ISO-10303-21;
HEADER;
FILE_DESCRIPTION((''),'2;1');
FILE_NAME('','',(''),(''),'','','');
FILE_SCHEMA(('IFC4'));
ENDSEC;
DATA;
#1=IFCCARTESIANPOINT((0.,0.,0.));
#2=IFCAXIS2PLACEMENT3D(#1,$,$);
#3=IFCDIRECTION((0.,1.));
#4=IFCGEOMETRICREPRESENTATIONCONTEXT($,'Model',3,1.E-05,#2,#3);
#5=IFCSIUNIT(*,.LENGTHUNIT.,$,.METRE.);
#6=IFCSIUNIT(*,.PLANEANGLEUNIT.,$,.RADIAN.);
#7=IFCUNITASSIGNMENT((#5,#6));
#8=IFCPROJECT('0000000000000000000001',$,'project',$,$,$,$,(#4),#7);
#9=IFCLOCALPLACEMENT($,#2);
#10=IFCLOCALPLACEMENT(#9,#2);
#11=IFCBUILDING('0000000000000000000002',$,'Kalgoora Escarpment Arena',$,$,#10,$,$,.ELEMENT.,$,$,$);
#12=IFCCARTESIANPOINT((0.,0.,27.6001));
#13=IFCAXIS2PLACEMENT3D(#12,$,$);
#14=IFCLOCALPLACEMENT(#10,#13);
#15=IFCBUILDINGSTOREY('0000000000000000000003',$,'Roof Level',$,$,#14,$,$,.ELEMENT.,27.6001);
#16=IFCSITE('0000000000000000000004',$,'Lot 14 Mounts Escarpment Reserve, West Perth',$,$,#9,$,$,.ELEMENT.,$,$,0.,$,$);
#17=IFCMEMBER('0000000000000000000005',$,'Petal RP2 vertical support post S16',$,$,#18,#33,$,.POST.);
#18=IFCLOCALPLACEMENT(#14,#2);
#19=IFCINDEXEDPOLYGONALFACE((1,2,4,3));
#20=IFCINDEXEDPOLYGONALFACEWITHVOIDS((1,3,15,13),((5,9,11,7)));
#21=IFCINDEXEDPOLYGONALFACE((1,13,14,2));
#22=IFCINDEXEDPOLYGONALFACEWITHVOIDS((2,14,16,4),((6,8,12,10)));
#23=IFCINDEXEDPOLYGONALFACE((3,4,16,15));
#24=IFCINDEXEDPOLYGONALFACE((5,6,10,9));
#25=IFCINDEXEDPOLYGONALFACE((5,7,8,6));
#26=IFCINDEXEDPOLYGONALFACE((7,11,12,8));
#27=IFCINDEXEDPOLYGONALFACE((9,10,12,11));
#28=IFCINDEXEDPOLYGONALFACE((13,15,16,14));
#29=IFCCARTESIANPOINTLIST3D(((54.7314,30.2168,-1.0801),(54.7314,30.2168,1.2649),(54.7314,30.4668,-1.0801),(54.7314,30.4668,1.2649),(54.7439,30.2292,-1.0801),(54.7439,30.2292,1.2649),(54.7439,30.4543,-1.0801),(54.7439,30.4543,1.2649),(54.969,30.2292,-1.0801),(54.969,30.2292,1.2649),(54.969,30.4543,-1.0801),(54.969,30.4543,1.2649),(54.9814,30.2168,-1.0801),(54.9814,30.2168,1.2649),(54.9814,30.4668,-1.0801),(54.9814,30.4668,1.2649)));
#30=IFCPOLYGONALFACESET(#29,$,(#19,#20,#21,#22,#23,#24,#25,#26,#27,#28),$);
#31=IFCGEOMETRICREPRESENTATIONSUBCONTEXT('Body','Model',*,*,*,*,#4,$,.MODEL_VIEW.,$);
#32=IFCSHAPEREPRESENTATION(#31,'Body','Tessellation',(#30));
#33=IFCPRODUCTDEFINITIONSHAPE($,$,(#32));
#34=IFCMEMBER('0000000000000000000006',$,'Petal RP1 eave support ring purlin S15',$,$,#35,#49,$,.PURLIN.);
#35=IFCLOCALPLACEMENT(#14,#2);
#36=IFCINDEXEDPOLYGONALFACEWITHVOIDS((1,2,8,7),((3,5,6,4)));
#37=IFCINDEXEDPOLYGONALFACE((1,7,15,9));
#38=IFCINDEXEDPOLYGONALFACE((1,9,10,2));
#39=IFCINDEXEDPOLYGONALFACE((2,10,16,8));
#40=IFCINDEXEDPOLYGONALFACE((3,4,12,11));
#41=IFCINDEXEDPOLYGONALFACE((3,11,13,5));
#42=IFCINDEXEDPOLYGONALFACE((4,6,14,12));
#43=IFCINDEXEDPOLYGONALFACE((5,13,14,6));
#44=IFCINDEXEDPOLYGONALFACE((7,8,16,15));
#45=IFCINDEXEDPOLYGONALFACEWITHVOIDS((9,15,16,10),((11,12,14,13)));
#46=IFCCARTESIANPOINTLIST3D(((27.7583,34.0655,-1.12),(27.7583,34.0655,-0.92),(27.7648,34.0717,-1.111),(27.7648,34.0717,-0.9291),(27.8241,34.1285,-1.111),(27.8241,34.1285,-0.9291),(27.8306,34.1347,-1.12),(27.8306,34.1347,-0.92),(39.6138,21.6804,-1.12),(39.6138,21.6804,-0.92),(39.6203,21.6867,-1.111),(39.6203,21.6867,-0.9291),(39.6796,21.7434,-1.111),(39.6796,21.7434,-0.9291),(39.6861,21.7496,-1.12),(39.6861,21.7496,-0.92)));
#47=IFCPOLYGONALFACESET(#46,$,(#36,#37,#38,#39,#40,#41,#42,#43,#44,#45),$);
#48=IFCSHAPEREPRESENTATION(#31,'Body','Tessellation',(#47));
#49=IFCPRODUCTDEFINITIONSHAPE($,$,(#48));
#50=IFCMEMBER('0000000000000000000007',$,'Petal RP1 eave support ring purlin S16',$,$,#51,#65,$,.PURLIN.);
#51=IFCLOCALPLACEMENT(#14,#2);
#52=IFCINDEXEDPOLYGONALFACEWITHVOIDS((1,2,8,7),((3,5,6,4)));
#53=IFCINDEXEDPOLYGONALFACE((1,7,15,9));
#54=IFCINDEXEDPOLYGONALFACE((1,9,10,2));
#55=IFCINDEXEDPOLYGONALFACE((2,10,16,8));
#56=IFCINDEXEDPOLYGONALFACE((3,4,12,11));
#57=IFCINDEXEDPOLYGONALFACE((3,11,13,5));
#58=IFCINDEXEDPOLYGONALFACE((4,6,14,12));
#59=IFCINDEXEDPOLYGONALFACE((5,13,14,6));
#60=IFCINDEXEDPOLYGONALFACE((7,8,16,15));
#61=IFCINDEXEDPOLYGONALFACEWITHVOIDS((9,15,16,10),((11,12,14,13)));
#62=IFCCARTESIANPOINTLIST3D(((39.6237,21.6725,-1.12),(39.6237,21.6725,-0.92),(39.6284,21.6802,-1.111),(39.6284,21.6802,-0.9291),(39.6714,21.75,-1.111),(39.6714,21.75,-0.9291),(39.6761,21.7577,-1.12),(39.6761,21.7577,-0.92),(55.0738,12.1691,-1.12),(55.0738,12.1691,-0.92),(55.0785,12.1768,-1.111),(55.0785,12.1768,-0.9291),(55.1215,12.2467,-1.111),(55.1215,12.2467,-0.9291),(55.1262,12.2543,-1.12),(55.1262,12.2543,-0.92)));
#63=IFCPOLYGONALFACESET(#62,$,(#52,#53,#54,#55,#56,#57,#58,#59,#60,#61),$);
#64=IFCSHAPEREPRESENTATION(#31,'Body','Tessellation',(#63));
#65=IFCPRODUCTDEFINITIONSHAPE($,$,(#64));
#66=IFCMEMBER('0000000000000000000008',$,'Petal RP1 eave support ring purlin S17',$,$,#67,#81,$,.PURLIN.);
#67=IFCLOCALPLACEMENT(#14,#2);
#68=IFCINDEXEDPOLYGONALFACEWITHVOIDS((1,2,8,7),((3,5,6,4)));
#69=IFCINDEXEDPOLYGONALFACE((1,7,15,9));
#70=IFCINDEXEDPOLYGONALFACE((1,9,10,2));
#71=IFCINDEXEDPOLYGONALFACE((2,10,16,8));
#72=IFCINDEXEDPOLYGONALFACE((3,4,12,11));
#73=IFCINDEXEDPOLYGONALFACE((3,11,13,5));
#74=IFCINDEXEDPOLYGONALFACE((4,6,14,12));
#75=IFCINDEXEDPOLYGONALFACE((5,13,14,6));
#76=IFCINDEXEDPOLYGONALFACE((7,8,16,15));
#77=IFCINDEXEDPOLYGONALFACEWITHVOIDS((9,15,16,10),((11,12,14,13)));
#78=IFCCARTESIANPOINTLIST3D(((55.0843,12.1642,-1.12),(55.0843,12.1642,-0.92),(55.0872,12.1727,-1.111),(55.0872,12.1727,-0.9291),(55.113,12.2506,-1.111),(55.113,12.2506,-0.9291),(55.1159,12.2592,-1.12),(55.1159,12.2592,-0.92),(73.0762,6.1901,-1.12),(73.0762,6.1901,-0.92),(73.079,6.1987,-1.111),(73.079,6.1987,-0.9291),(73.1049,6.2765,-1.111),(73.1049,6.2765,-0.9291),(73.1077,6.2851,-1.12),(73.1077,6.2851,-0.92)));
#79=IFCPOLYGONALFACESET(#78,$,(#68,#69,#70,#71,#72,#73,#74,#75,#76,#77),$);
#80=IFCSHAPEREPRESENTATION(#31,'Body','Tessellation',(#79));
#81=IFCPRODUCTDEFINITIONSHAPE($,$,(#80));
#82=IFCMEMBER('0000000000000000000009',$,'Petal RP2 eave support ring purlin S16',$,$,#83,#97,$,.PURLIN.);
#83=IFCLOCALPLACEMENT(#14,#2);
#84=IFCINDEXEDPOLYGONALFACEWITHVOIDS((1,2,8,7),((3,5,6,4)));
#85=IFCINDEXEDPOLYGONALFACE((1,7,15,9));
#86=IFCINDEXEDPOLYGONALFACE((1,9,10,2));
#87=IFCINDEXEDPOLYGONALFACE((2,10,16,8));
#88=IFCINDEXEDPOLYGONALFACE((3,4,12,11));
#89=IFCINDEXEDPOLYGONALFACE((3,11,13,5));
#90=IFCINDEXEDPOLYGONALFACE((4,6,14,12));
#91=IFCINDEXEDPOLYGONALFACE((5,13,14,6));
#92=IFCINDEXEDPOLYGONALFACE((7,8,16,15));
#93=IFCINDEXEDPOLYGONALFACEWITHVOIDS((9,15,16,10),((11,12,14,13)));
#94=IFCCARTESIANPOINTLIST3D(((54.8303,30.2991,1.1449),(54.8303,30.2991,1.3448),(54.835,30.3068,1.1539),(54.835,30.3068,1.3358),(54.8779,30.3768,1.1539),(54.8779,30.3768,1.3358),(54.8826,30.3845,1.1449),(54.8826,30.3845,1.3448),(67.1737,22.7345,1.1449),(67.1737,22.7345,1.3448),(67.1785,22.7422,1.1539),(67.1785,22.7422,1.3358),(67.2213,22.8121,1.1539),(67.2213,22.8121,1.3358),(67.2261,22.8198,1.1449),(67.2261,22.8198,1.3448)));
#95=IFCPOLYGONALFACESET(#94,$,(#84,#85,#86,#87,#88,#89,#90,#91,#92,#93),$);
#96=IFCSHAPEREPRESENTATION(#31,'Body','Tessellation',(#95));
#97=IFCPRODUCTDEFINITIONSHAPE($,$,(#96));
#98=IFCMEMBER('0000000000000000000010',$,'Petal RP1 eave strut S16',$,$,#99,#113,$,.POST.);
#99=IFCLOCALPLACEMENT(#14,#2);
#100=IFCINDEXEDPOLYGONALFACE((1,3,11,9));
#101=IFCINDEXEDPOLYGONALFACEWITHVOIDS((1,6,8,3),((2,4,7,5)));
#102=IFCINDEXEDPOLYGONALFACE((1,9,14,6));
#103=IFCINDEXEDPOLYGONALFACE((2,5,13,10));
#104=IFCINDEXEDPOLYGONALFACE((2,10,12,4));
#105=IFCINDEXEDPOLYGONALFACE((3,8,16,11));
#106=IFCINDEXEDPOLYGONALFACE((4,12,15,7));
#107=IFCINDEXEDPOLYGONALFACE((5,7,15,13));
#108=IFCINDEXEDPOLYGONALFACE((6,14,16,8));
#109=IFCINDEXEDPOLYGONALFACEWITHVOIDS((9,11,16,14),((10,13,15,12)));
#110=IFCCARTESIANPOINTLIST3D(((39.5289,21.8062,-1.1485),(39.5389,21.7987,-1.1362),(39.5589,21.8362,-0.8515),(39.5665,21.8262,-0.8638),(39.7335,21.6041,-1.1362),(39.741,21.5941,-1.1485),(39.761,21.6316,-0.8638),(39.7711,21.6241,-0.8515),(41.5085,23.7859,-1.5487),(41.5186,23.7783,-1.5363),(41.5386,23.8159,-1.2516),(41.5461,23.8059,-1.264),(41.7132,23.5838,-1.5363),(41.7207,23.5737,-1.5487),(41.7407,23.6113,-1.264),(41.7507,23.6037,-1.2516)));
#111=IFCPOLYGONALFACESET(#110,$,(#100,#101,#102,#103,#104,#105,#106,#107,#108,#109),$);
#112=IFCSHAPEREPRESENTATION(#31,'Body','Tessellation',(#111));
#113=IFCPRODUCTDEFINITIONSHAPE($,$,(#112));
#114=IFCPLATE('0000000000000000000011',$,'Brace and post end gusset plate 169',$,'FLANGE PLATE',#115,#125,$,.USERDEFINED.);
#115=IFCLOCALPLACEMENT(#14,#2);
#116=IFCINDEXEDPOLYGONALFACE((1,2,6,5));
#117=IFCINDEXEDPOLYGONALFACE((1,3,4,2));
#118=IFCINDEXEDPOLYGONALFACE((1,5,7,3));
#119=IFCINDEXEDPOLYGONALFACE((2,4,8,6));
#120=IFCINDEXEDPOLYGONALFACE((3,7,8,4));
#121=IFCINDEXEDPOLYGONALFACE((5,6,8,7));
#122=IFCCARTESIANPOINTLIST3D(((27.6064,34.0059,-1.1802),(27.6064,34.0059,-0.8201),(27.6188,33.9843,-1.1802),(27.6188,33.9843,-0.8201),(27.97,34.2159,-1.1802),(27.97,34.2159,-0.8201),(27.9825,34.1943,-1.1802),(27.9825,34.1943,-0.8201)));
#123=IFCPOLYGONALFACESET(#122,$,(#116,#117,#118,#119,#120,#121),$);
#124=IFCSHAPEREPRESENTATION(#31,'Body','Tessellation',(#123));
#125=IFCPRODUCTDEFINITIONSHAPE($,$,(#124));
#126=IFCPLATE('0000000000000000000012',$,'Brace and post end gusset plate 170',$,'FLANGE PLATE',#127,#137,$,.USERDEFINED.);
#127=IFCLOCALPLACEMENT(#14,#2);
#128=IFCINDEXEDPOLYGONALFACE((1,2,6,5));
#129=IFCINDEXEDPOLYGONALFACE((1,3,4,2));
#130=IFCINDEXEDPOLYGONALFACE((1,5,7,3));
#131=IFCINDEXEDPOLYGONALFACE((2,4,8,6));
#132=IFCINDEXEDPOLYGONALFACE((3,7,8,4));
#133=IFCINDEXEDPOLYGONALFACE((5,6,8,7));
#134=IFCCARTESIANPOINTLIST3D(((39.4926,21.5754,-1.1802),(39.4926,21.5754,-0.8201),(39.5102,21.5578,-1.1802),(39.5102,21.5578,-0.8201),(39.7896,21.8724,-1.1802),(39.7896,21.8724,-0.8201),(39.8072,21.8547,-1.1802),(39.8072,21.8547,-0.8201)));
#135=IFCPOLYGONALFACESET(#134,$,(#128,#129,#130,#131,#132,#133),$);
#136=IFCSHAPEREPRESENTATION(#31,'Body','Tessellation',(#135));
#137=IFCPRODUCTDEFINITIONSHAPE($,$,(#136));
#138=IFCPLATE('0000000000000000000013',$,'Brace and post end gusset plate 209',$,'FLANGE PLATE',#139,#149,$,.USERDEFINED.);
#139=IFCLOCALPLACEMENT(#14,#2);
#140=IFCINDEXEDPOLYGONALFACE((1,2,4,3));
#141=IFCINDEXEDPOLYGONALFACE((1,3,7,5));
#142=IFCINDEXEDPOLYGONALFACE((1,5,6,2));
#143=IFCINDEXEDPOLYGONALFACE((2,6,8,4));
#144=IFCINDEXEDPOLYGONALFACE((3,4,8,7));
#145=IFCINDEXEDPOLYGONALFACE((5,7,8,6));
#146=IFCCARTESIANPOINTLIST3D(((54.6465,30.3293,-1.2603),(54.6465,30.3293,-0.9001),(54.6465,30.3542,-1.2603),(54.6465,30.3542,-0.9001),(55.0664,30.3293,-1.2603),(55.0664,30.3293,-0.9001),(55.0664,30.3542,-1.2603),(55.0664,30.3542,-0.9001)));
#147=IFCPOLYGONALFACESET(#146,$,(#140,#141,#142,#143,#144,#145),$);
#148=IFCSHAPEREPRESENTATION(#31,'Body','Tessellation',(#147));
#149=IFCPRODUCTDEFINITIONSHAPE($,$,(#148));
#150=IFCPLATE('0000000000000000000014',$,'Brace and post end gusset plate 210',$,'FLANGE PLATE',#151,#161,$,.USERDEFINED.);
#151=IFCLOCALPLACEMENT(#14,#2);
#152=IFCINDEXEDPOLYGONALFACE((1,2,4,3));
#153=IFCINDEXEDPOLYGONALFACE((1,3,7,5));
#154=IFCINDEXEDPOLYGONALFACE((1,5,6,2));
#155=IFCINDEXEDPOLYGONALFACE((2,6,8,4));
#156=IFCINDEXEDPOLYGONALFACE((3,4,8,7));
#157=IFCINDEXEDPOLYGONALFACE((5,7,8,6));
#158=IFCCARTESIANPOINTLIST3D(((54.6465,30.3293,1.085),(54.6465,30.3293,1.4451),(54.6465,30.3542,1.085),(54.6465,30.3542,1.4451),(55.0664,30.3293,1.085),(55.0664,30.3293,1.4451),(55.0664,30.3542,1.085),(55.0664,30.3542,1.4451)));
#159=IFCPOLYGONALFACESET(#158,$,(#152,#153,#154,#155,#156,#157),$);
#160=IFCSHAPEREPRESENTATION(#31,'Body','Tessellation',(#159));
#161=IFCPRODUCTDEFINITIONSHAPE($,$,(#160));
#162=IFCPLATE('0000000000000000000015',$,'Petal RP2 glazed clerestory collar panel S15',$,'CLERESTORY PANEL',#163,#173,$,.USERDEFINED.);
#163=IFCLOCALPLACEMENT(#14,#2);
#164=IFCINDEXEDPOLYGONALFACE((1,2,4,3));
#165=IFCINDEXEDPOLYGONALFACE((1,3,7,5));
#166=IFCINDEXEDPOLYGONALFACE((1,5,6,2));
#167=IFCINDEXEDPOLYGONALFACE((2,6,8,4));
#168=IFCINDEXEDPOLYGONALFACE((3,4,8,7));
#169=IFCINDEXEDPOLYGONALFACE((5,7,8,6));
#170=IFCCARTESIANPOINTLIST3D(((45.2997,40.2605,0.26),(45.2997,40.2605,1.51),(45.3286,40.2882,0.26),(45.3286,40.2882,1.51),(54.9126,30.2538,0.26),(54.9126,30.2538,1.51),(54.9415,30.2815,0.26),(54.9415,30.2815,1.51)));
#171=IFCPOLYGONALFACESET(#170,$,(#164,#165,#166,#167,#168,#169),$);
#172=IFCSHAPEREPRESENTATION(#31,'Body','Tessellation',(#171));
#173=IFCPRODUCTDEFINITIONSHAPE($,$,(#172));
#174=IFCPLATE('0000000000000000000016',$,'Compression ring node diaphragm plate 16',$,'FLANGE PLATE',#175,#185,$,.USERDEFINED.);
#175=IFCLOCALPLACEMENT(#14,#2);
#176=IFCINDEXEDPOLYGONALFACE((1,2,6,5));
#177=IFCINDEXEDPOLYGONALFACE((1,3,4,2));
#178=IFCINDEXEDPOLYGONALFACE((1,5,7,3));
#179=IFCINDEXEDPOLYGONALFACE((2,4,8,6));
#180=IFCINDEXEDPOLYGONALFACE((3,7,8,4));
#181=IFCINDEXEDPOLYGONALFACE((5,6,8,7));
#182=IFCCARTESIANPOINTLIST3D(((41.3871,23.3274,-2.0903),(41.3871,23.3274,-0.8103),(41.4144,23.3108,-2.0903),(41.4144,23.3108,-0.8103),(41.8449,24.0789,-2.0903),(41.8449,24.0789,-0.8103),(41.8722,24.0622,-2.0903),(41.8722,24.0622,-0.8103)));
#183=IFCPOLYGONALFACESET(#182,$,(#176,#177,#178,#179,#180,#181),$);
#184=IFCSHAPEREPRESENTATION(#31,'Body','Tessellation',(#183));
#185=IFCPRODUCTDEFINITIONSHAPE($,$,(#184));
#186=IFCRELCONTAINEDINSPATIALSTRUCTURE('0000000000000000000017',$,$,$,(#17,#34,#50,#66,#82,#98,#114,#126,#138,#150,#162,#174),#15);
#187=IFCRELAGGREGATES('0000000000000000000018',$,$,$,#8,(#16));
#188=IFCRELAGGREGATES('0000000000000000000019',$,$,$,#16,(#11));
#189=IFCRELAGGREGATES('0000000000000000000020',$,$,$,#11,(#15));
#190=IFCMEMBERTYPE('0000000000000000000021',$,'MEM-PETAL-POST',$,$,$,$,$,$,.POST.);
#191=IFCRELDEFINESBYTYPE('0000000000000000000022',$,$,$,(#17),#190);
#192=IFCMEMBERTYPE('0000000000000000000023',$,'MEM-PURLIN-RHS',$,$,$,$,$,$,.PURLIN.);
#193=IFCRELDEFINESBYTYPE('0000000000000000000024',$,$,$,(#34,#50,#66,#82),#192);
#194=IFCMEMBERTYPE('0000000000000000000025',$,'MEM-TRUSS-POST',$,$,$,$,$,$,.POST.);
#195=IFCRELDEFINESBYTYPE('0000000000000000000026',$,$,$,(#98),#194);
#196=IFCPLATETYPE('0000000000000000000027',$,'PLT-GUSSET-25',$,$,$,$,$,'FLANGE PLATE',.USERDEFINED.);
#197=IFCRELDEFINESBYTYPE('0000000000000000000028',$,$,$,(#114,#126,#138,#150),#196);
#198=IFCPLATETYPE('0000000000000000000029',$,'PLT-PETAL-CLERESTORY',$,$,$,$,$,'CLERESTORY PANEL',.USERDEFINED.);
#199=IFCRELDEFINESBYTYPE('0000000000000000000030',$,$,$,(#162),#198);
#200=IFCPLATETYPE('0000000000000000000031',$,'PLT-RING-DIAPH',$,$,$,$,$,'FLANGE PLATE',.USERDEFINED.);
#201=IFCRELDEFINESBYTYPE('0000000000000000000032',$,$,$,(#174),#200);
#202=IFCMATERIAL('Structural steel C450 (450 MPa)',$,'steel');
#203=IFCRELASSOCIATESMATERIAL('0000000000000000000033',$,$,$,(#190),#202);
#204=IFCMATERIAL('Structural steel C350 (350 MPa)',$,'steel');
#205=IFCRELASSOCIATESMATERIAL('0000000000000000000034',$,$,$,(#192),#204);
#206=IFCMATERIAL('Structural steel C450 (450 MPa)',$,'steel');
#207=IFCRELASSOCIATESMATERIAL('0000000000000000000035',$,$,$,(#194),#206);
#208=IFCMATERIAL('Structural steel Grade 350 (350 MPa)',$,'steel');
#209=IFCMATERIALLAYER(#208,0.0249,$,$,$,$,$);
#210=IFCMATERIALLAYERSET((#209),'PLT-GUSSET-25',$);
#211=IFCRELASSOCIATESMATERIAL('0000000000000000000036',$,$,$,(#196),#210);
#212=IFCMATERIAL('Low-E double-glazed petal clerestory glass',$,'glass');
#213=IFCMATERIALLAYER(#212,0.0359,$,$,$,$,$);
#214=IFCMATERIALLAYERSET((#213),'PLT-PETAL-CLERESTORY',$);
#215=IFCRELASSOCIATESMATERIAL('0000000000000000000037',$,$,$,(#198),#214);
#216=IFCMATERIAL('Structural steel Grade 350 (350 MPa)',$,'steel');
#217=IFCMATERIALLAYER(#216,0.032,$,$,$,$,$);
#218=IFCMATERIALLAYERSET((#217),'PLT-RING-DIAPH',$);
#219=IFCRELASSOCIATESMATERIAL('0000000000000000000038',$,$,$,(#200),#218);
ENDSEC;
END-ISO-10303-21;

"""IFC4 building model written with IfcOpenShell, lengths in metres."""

from ifc_helpers import new_model, si_unit, direction, frame, origin, origin_2d, place, context, subcontext, project, spatial, rectangle, hollow_rectangle, extrude, material, layer, layer_set, material_profile, profile_set, type_object, element, save


model = new_model("IFC4")

# Units and contexts
model_context = context("Model", 3, precision=1e-05, world=origin(), true_north=direction((0.0, 1.0)))
body_context = subcontext(model_context, "Body", "Model", "MODEL_VIEW")
ifc_project = project(units=[si_unit("LENGTHUNIT", "METRE"), si_unit("PLANEANGLEUNIT", "RADIAN")], contexts=[model_context])

# Site, building, storey
site_placement = place(None, origin())
site = spatial("IfcSite", under=ifc_project, at=site_placement, Name="Lot 14 Mounts Escarpment Reserve, West Perth", CompositionType="ELEMENT", RefElevation=0.0)
building_placement = place(site_placement, origin())
building = spatial("IfcBuilding", under=site, at=building_placement, Name="Kalgoora Escarpment Arena", CompositionType="ELEMENT")
storey_placement = place(building_placement, frame((0.0, 0.0, 27.6001)))
storey = spatial("IfcBuildingStorey", under=building, at=storey_placement, Name="Roof Level", CompositionType="ELEMENT", Elevation=27.6001)

# Members
ifc_material_1 = material(Name="Structural steel C450 (450 MPa)", Category="steel")
ifc_material_profile_1 = material_profile(ifc_material_1, hollow_rectangle(XDim=0.25, YDim=0.25, WallThickness=0.0125, at=origin_2d()))
ifc_profile_set_1 = profile_set([ifc_material_profile_1], Name="Structural steel C450 (450 MPa)")
member_type_1 = type_object("IfcMemberType", Name="MEM-PETAL-POST", PredefinedType="POST", material=ifc_profile_set_1)
member_1_placement = place(storey_placement, frame((54.8564, 30.3418, -1.0801), z_axis=(0.0, 0.0, 1.0), x_axis=(1.0, 0.0, 0.0)))
element("IfcMember", 1, at=member_1_placement, inside=storey, type_object=member_type_1, Name="Petal RP2 vertical support post S16", PredefinedType="POST", context=body_context, shape_type="SweptSolid", body=[
    extrude(hollow_rectangle(XDim=0.25, YDim=0.25, WallThickness=0.0125, at=origin_2d()), origin(), (0.0, 0.0, 1.0), 2.345),
])
ifc_material_2 = material(Name="Structural steel C350 (350 MPa)", Category="steel")
ifc_material_profile_2 = material_profile(ifc_material_2, hollow_rectangle(XDim=0.1001, YDim=0.2, WallThickness=0.009, at=origin_2d()))
ifc_profile_set_2 = profile_set([ifc_material_profile_2], Name="Structural steel C350 (350 MPa)")
member_type_2 = type_object("IfcMemberType", Name="MEM-PURLIN-RHS", PredefinedType="PURLIN", material=ifc_profile_set_2)
member_2_placement = place(storey_placement, frame((27.7944, 34.1001, -1.02), z_axis=(0.691495, -0.722381, 0.0), x_axis=(0.722381, 0.691495, 0.0)))
element("IfcMember", 2, at=member_2_placement, inside=storey, type_object=member_type_2, Name="Petal RP1 eave support ring purlin S15", PredefinedType="PURLIN", context=body_context, shape_type="SweptSolid", body=[
    extrude(hollow_rectangle(XDim=0.1001, YDim=0.2, WallThickness=0.009, at=origin_2d()), origin(), (0.0, 0.0, 1.0), 17.1448),
])
member_3_placement = place(storey_placement, frame((39.6499, 21.7151, -1.02), z_axis=(0.851766, -0.523922, 0.0), x_axis=(0.523922, 0.851766, 0.0)))
element("IfcMember", 3, at=member_3_placement, inside=storey, type_object=member_type_2, Name="Petal RP1 eave support ring purlin S16", PredefinedType="PURLIN", context=body_context, shape_type="SweptSolid", body=[
    extrude(hollow_rectangle(XDim=0.1001, YDim=0.2, WallThickness=0.009, at=origin_2d()), origin(), (0.0, 0.0, 1.0), 18.1389),
])
member_4_placement = place(storey_placement, frame((55.1001, 12.2117, -1.02), z_axis=(0.94905, -0.315126, 0.0), x_axis=(0.315126, 0.94905, 0.0)))
element("IfcMember", 4, at=member_4_placement, inside=storey, type_object=member_type_2, Name="Petal RP1 eave support ring purlin S17", PredefinedType="PURLIN", context=body_context, shape_type="SweptSolid", body=[
    extrude(hollow_rectangle(XDim=0.1001, YDim=0.2, WallThickness=0.009, at=origin_2d()), origin(), (0.0, 0.0, 1.0), 18.9578),
])
member_5_placement = place(storey_placement, frame((54.8564, 30.3418, 1.2449), z_axis=(0.852622, -0.522528, 0.0), x_axis=(0.522528, 0.852622, 0.0)))
element("IfcMember", 5, at=member_5_placement, inside=storey, type_object=member_type_2, Name="Petal RP2 eave support ring purlin S16", PredefinedType="PURLIN", context=body_context, shape_type="SweptSolid", body=[
    extrude(hollow_rectangle(XDim=0.1001, YDim=0.2, WallThickness=0.009, at=origin_2d()), origin(), (0.0, 0.0, 1.0), 14.4771),
])
ifc_material_3 = material(Name="Structural steel C450 (450 MPa)", Category="steel")
ifc_material_profile_3 = material_profile(ifc_material_3, hollow_rectangle(XDim=0.3, YDim=0.3, WallThickness=0.0125, at=origin_2d()))
ifc_profile_set_3 = profile_set([ifc_material_profile_3], Name="Structural steel C450 (450 MPa)")
member_type_3 = type_object("IfcMemberType", Name="MEM-TRUSS-POST", PredefinedType="POST", material=ifc_profile_set_3)
member_6_placement = place(storey_placement, frame((41.6296, 23.6948, -1.4001), z_axis=(-0.699994, -0.699994, 0.141484), x_axis=(0.707107, -0.707107, 0.0)))
element("IfcMember", 6, at=member_6_placement, inside=storey, type_object=member_type_3, Name="Petal RP1 eave strut S16", PredefinedType="POST", context=body_context, shape_type="SweptSolid", body=[
    extrude(hollow_rectangle(XDim=0.3, YDim=0.3, WallThickness=0.0125, at=origin_2d()), origin(), (0.0, 0.0, 1.0), 2.8281),
])

# Plates
ifc_material_4 = material(Name="Structural steel Grade 350 (350 MPa)", Category="steel")
ifc_layer_1 = layer(ifc_material_4, 0.0249)
ifc_layer_set_1 = layer_set([ifc_layer_1], Name="PLT-GUSSET-25")
plate_type_1 = type_object("IfcPlateType", Name="PLT-GUSSET-25", ElementType="FLANGE PLATE", PredefinedType="USERDEFINED", material=ifc_layer_set_1)
for number, where, z_axis, x_axis, name in (
    (7, (27.7944, 34.1001, -1.1802), (0.0, 0.0, 1.0), (-0.866025, -0.5, 0.0), "Brace and post end gusset plate 169"),
    (8, (39.6499, 21.7151, -1.1802), (0.0, 0.0, 1.0), (-0.707107, -0.707107, 0.0), "Brace and post end gusset plate 170"),
    (9, (54.8564, 30.3418, -1.2603), (0.0, 0.0, 1.0), (1.0, 0.0, 0.0), "Brace and post end gusset plate 209"),
    (10, (54.8564, 30.3418, 1.085), (0.0, 0.0, 1.0), (1.0, 0.0, 0.0), "Brace and post end gusset plate 210"),
):
    element("IfcPlate", number, at=place(storey_placement, frame(where, z_axis=z_axis, x_axis=x_axis)), inside=storey, type_object=plate_type_1, Name=name, ObjectType="FLANGE PLATE", PredefinedType="USERDEFINED", context=body_context, shape_type="SweptSolid", body=[
        extrude(rectangle(XDim=0.4199, YDim=0.0249, at=origin_2d()), origin(), (0.0, 0.0, 1.0), 0.3601),
    ])
ifc_material_5 = material(Name="Low-E double-glazed petal clerestory glass", Category="glass")
ifc_layer_2 = layer(ifc_material_5, 0.0359)
ifc_layer_set_2 = layer_set([ifc_layer_2], Name="PLT-PETAL-CLERESTORY")
plate_type_2 = type_object("IfcPlateType", Name="PLT-PETAL-CLERESTORY", ElementType="CLERESTORY PANEL", PredefinedType="USERDEFINED", material=ifc_layer_set_2)
plate_1_placement = place(storey_placement, frame((50.1206, 35.271, 0.26), z_axis=(0.0, 0.0, 1.0), x_axis=(0.692773, -0.721156, 0.0)))
element("IfcPlate", 11, at=plate_1_placement, inside=storey, type_object=plate_type_2, Name="Petal RP2 glazed clerestory collar panel S15", ObjectType="CLERESTORY PANEL", PredefinedType="USERDEFINED", context=body_context, shape_type="SweptSolid", body=[
    extrude(rectangle(XDim=13.876, YDim=0.04, at=origin_2d()), origin(), (0.0, 0.0, 1.0), 1.25),
])
ifc_material_6 = material(Name="Structural steel Grade 350 (350 MPa)", Category="steel")
ifc_layer_3 = layer(ifc_material_6, 0.032)
ifc_layer_set_3 = layer_set([ifc_layer_3], Name="PLT-RING-DIAPH")
plate_type_3 = type_object("IfcPlateType", Name="PLT-RING-DIAPH", ElementType="FLANGE PLATE", PredefinedType="USERDEFINED", material=ifc_layer_set_3)
plate_2_placement = place(storey_placement, frame((41.6296, 23.6948, -2.0903), z_axis=(0.0, 0.0, 1.0), x_axis=(0.854005, -0.520265, 0.0)))
element("IfcPlate", 12, at=plate_2_placement, inside=storey, type_object=plate_type_3, Name="Compression ring node diaphragm plate 16", ObjectType="FLANGE PLATE", PredefinedType="USERDEFINED", context=body_context, shape_type="SweptSolid", body=[
    extrude(rectangle(XDim=0.032, YDim=0.8799, at=origin_2d()), origin(), (0.0, 0.0, 1.0), 1.28),
])

save(model, "model.ifc")
